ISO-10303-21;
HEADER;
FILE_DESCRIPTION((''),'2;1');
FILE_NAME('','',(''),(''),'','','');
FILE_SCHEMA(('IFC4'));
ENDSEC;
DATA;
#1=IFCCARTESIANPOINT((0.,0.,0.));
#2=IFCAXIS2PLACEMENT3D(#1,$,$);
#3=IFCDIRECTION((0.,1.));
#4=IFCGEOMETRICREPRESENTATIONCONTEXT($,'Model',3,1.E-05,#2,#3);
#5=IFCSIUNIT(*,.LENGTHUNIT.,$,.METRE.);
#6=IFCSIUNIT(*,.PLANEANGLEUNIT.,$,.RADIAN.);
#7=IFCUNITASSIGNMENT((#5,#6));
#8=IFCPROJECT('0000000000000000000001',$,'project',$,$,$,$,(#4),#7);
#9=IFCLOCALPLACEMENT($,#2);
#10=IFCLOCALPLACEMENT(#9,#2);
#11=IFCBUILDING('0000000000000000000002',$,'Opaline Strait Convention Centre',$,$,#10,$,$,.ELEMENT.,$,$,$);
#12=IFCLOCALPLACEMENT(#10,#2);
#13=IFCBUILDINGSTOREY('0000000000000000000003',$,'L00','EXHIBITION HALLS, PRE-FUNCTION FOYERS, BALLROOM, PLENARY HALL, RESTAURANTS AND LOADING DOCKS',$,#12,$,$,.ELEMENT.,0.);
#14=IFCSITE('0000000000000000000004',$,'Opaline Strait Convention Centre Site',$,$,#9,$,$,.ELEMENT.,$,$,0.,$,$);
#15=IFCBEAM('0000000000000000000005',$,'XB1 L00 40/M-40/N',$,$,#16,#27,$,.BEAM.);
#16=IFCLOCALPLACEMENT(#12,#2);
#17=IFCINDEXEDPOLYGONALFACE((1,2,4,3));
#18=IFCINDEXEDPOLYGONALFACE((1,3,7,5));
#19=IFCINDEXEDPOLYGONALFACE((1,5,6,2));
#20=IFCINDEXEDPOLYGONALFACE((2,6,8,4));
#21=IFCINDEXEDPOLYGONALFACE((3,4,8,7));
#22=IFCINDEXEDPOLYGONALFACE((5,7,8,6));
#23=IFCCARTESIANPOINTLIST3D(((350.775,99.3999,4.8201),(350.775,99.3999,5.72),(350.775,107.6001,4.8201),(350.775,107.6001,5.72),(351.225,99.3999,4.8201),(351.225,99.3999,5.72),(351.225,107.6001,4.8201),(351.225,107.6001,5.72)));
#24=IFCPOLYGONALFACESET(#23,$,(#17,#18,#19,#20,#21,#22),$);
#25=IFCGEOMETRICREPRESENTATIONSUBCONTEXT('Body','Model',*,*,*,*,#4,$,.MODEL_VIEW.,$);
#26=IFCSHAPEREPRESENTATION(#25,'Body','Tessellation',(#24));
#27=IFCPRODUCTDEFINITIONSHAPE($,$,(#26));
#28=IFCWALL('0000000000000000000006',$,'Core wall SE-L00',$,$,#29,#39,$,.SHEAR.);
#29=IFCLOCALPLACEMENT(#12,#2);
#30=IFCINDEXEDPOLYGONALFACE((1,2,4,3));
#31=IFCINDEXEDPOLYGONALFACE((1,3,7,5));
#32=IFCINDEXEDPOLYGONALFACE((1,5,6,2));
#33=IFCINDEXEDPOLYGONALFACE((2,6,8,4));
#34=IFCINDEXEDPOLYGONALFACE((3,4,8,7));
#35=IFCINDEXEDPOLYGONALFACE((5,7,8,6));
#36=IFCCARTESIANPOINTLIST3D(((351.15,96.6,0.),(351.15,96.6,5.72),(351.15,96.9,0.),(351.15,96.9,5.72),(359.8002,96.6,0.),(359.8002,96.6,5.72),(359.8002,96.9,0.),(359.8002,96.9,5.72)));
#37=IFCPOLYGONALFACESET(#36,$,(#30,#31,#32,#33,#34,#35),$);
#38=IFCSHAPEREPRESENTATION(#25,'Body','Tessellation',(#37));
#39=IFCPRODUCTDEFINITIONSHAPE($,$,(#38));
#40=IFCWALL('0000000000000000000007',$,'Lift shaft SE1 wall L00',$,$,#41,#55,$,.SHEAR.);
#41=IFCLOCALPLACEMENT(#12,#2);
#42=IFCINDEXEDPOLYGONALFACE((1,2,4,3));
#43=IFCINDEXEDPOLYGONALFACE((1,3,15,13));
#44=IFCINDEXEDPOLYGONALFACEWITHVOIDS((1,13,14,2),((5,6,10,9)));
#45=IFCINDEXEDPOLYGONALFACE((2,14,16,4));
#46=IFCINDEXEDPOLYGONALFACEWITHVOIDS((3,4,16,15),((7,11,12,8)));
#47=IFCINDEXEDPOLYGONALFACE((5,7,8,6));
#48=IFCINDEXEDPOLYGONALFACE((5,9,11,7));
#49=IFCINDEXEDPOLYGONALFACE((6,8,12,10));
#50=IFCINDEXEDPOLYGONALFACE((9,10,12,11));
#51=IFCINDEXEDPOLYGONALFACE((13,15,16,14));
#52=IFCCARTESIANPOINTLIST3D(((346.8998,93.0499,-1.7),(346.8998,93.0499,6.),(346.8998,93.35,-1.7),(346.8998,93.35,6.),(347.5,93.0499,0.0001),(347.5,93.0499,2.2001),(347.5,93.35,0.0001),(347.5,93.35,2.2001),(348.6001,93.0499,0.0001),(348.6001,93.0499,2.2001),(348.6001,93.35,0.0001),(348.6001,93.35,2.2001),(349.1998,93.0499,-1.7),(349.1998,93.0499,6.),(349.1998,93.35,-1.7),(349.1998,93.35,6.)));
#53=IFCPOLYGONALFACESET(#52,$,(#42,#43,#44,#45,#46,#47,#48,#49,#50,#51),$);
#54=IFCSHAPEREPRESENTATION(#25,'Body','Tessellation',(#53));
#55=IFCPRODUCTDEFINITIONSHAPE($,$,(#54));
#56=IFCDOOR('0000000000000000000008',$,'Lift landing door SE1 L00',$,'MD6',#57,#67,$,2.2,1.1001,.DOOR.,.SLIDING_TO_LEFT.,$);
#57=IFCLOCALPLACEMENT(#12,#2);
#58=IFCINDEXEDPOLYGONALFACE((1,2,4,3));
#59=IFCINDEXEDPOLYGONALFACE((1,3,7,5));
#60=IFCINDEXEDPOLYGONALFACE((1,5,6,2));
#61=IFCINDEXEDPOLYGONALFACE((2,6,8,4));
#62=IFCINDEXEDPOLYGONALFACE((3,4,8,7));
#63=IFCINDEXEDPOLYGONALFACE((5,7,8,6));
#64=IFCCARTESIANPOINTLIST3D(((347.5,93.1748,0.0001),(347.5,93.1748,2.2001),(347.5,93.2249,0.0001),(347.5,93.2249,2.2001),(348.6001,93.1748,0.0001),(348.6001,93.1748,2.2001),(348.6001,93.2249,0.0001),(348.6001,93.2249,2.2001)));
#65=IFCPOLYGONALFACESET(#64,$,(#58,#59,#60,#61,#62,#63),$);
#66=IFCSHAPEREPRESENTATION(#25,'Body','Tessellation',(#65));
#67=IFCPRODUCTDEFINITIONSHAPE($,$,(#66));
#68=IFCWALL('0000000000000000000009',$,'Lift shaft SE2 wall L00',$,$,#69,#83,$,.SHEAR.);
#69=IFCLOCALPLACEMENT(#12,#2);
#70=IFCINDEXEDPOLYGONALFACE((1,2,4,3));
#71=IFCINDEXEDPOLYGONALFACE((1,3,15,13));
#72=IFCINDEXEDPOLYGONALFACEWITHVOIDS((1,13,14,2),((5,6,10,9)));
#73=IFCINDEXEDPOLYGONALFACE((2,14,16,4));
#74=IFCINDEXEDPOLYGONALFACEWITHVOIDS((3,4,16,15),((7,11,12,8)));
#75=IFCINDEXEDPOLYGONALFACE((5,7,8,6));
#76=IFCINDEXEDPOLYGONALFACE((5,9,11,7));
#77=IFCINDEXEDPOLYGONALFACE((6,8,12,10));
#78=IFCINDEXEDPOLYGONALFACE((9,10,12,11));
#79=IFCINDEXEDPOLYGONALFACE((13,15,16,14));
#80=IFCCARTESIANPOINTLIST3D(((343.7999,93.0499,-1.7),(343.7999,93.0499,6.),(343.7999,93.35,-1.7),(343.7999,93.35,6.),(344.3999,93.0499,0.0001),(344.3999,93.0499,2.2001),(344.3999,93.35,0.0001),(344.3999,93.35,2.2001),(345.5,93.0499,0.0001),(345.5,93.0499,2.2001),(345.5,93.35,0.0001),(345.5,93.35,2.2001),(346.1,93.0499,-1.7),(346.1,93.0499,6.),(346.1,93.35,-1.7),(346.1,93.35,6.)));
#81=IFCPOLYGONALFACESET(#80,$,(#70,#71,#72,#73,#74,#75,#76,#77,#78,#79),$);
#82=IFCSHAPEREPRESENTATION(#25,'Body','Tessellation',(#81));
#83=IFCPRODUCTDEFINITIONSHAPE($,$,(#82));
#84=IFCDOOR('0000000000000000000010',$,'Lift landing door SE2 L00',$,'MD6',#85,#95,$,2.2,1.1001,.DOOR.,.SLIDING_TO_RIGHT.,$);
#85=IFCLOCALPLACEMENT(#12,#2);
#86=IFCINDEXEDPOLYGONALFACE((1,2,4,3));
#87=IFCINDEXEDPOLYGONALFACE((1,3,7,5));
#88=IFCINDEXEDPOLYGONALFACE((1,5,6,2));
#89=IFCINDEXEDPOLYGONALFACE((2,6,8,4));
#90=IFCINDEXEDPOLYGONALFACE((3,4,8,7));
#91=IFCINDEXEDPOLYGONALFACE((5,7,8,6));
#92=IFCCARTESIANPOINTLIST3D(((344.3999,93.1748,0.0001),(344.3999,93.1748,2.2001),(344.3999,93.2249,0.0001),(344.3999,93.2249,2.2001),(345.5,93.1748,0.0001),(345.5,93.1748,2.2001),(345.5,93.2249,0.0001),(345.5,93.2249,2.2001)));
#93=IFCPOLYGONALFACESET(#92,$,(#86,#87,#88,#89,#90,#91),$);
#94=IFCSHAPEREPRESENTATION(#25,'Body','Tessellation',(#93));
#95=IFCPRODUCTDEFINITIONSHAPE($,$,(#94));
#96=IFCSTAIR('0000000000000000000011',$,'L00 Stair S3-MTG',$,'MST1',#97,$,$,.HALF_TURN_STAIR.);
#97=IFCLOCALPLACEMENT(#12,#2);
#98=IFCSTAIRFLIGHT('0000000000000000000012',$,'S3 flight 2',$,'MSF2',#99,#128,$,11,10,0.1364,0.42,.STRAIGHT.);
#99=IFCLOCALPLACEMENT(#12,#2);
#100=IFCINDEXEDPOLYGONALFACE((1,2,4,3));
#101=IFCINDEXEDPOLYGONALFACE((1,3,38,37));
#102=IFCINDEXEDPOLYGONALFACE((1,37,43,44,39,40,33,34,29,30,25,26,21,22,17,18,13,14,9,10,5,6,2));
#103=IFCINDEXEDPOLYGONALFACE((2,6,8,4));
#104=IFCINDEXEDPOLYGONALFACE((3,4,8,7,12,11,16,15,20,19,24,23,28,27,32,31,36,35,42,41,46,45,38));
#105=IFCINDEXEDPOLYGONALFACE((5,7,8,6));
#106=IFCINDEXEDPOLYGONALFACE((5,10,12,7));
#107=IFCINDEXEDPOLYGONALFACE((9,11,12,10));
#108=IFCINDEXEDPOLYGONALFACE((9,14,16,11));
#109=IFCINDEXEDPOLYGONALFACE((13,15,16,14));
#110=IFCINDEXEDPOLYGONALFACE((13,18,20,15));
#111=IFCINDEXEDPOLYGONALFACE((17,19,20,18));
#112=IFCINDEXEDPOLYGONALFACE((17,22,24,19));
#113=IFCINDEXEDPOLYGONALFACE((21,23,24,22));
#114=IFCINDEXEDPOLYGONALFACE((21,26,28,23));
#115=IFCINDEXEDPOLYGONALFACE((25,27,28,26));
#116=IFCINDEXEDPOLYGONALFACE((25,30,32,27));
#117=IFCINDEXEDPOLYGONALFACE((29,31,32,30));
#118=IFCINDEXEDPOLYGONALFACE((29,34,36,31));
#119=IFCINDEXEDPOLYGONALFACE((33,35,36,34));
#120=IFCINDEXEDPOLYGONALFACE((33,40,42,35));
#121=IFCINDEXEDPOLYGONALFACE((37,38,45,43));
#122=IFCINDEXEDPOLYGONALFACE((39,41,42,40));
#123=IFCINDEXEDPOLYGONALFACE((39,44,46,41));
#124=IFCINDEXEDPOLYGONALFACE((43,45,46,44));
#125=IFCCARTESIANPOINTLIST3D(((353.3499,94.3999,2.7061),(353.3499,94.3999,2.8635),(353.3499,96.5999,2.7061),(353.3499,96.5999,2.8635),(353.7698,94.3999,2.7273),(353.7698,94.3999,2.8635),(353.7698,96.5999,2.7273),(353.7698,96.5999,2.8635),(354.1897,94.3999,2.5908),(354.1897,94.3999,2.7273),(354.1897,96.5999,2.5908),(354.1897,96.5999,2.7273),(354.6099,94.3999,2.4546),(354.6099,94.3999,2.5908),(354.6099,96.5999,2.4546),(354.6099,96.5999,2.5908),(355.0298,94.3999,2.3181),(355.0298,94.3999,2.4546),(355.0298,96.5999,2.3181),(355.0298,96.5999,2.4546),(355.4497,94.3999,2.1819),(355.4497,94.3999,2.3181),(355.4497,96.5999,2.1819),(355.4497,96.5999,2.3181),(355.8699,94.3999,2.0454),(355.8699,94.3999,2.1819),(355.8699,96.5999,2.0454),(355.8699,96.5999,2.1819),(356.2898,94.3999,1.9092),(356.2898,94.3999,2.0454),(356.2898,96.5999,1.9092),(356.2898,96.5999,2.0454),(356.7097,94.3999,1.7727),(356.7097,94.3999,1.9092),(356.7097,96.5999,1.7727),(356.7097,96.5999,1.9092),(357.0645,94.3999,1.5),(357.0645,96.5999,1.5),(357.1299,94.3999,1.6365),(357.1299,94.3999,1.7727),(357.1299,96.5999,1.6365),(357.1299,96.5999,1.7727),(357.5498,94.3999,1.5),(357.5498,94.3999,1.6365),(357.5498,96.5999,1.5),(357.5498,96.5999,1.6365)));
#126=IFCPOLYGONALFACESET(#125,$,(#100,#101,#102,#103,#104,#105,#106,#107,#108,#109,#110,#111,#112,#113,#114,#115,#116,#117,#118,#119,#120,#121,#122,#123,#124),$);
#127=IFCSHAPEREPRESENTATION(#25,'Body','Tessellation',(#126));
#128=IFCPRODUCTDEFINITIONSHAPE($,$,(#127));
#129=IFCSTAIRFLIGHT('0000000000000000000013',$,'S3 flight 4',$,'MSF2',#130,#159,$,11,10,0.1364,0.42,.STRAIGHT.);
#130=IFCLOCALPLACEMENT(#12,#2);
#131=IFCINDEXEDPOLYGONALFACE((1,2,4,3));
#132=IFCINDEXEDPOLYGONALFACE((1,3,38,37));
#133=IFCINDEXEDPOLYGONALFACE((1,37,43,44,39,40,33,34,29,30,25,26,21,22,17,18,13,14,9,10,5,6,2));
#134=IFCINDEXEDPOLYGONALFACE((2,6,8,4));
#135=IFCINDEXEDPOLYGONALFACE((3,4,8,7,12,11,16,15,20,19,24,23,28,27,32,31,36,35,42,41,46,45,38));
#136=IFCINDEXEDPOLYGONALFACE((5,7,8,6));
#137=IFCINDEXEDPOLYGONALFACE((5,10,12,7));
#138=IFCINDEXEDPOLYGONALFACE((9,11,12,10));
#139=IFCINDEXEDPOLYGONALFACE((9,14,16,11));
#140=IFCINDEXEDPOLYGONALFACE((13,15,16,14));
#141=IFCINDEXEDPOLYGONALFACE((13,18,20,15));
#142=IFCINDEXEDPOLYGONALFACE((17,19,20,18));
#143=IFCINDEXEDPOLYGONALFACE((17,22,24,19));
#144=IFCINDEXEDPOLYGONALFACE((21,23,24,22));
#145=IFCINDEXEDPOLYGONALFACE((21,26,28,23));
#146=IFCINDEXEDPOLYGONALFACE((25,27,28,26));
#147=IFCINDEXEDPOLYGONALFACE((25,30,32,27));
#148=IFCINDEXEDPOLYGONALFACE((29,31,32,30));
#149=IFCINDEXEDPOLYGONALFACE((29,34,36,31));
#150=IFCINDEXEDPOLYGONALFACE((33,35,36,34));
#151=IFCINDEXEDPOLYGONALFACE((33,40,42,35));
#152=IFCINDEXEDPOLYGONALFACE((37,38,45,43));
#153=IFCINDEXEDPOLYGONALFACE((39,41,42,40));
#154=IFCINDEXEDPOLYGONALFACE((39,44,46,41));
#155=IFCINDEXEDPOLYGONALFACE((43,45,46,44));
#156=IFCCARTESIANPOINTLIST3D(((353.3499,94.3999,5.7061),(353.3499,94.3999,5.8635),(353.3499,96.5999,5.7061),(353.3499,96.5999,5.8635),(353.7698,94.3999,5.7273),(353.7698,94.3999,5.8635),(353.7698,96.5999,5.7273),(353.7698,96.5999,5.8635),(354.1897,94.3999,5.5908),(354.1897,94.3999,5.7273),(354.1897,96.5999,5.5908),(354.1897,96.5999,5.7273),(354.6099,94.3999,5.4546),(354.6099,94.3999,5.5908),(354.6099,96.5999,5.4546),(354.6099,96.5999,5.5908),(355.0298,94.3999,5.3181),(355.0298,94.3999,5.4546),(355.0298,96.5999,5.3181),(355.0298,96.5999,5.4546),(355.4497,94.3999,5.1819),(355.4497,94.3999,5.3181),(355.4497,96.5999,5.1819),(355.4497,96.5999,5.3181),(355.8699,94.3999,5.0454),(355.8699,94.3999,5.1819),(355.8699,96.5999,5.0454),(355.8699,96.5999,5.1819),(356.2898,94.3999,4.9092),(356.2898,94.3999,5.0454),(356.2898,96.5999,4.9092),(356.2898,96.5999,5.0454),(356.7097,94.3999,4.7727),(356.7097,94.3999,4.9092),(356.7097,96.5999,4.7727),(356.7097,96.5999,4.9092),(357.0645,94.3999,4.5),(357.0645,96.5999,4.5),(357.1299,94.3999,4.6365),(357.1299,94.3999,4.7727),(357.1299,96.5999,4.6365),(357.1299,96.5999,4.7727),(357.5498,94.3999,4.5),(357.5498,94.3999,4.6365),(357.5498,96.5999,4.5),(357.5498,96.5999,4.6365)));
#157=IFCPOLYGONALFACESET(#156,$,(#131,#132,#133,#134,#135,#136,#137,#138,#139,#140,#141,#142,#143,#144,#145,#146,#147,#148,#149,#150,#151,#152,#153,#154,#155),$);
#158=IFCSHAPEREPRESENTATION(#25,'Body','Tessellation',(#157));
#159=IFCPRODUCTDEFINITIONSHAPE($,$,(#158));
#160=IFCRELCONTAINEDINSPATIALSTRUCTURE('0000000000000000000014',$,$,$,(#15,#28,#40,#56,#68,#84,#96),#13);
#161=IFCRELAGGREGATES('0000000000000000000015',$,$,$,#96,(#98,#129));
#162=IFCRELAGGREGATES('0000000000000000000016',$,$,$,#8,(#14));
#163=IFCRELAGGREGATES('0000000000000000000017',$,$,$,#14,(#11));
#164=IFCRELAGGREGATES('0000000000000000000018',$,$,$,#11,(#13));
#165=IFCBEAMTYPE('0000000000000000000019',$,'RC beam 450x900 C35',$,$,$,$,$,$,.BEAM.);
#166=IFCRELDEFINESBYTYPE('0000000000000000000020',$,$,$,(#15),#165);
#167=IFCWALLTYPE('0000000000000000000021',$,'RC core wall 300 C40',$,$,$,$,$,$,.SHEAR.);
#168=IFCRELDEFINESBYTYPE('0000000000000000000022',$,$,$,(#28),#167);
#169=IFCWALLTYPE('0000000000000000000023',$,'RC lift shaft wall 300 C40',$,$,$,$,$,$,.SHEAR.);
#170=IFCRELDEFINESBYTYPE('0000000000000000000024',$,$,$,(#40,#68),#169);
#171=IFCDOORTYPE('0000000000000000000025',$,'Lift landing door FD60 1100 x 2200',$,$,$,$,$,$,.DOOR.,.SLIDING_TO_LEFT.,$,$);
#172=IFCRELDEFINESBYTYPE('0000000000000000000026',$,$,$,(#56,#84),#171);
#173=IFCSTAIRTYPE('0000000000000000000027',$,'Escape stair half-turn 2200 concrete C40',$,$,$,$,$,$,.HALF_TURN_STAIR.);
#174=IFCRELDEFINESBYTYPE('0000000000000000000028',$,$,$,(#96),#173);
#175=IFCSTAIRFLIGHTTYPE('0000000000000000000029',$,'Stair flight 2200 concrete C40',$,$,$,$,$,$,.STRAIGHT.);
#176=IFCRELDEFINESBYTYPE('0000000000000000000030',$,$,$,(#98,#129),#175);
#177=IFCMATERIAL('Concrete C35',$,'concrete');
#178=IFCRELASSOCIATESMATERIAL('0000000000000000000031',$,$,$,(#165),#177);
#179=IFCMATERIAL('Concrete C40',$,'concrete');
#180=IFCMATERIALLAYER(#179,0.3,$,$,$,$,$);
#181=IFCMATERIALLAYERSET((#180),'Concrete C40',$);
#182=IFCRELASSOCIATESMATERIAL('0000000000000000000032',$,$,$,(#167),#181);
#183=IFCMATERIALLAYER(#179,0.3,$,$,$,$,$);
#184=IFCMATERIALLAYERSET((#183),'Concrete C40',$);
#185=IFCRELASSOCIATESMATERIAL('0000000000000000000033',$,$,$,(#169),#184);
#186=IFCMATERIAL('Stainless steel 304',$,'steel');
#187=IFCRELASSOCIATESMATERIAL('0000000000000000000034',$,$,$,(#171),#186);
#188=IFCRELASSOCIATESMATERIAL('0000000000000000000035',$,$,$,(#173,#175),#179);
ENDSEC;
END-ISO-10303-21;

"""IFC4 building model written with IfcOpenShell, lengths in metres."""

from ifc_helpers import new_model, si_unit, direction, frame, frame_2d, origin, origin_2d, place, context, subcontext, project, spatial, polyline, rectangle, outline, extrude, material, layer, layer_set, material_profile, profile_set, type_object, element, fill, aggregate, save


model = new_model("IFC4")

# Units and contexts
model_context = context("Model", 3, precision=1e-05, world=origin(), true_north=direction((0.0, 1.0)))
body_context = subcontext(model_context, "Body", "Model", "MODEL_VIEW")
ifc_project = project(units=[si_unit("LENGTHUNIT", "METRE"), si_unit("PLANEANGLEUNIT", "RADIAN")], contexts=[model_context])

# Site, building, storey
site_placement = place(None, origin())
site = spatial("IfcSite", under=ifc_project, at=site_placement, Name="Opaline Strait Convention Centre Site", CompositionType="ELEMENT", RefElevation=0.0)
building_placement = place(site_placement, origin())
building = spatial("IfcBuilding", under=site, at=building_placement, Name="Opaline Strait Convention Centre", CompositionType="ELEMENT")
storey_placement = place(building_placement, origin())
storey = spatial("IfcBuildingStorey", under=building, at=storey_placement, Name="L00", Description="EXHIBITION HALLS, PRE-FUNCTION FOYERS, BALLROOM, PLENARY HALL, RESTAURANTS AND LOADING DOCKS", CompositionType="ELEMENT", Elevation=0.0)

# Shared definitions
ifc_material_1 = material(Name="Concrete C35", Category="concrete")

# Shared definitions
ifc_material_2 = material(Name="Concrete C40", Category="concrete")

# Beam
ifc_material_profile_1 = material_profile(ifc_material_1, rectangle(XDim=0.45, YDim=0.8999, at=origin_2d()), Name="RC 450x900")
ifc_profile_set_1 = profile_set([ifc_material_profile_1], Name="Concrete C35")
beam_type = type_object("IfcBeamType", Name="RC beam 450x900 C35", PredefinedType="BEAM", material=ifc_profile_set_1)
for number, where, z_axis, x_axis, name in (
    (1, (351.0, 99.3999, 5.27), (0.0, 1.0, 0.0), (-1.0, 0.0, 0.0), "XB1 L00 40/M-40/N"),
):
    element("IfcBeam", number, at=place(storey_placement, frame(where, z_axis=z_axis, x_axis=x_axis)), inside=storey, type_object=beam_type, Name=name, PredefinedType="BEAM", context=body_context, shape_type="SweptSolid", body=[
        extrude(rectangle(XDim=0.45, YDim=0.8999, at=origin_2d()), origin(), (0.0, 0.0, 1.0), 8.2002),
    ])

# Shared definitions
ifc_layer_1 = layer(ifc_material_2, 0.3)
ifc_layer_set_1 = layer_set([ifc_layer_1], Name="Concrete C40")
wall_type_1 = type_object("IfcWallType", Name="RC core wall 300 C40", PredefinedType="SHEAR", material=ifc_layer_set_1)

# Wall
wall_1_placement = place(storey_placement, frame((351.1499, 96.75, 0.0), z_axis=(0.0, 0.0, 1.0), x_axis=(1.0, 0.0, 0.0)))
element("IfcWall", 2, at=wall_1_placement, inside=storey, type_object=wall_type_1, Name="Core wall SE-L00", PredefinedType="SHEAR", context=body_context, shape_type="SweptSolid", body=[
    extrude(rectangle(XDim=8.6501, YDim=0.3, at=frame_2d((4.3252, 0.0))), origin(), (0.0, 0.0, 1.0), 5.72),
])

# Walls, openings, doors
ifc_layer_2 = layer(ifc_material_2, 0.3)
ifc_layer_set_2 = layer_set([ifc_layer_2], Name="Concrete C40")
wall_type_2 = type_object("IfcWallType", Name="RC lift shaft wall 300 C40", PredefinedType="SHEAR", material=ifc_layer_set_2)
wall_2_placement = place(storey_placement, frame((346.8999, 93.2, -1.7), z_axis=(0.0, 0.0, 1.0), x_axis=(1.0, 0.0, 0.0)))
wall_2 = element("IfcWall", 3, at=wall_2_placement, inside=storey, type_object=wall_type_2, Name="Lift shaft SE1 wall L00", PredefinedType="SHEAR", context=body_context, shape_type="SweptSolid", body=[
    extrude(rectangle(XDim=2.3, YDim=0.3, at=frame_2d((1.1499, 0.0))), origin(), (0.0, 0.0, 1.0), 7.7),
])
opening_1_placement = place(wall_2_placement, frame((0.6001, 0.0, 1.7)))
opening_1 = element("IfcOpeningElement", 4, at=opening_1_placement, cuts=wall_2, PredefinedType="OPENING", context=body_context, shape_type="SweptSolid", body=[
    extrude(rectangle(XDim=1.1001, YDim=2.2, at=frame_2d((0.55, 1.1001))), frame((0.0, 0.1599, 0.0), z_axis=(0.0, -1.0, 0.0), x_axis=(1.0, 0.0, 0.0)), (0.0, 0.0, 1.0), 0.3201),
])
ifc_material_3 = material(Name="Stainless steel 304", Category="steel")
door_type_1 = type_object("IfcDoorType", Name="Lift landing door FD60 1100 x 2200", OperationType="SLIDING_TO_LEFT", PredefinedType="DOOR", material=ifc_material_3)
door_1_placement = place(opening_1_placement, origin())
door_1 = element("IfcDoor", 5, at=door_1_placement, inside=storey, type_object=door_type_1, Name="Lift landing door SE1 L00", ObjectType="MD6", OperationType="SLIDING_TO_LEFT", OverallHeight=2.2, OverallWidth=1.1001, PredefinedType="DOOR", context=body_context, shape_type="SweptSolid", body=[
    extrude(rectangle(XDim=1.1001, YDim=2.2, at=frame_2d((0.55, 1.1001))), frame((0.0, 0.0249, 0.0), z_axis=(0.0, -1.0, 0.0), x_axis=(1.0, 0.0, 0.0)), (0.0, 0.0, 1.0), 0.05),
])
fill(opening_1, door_1)
wall_3_placement = place(storey_placement, frame((343.8, 93.2, -1.7), z_axis=(0.0, 0.0, 1.0), x_axis=(1.0, 0.0, 0.0)))
wall_3 = element("IfcWall", 6, at=wall_3_placement, inside=storey, type_object=wall_type_2, Name="Lift shaft SE2 wall L00", PredefinedType="SHEAR", context=body_context, shape_type="SweptSolid", body=[
    extrude(rectangle(XDim=2.3, YDim=0.3, at=frame_2d((1.1499, 0.0))), origin(), (0.0, 0.0, 1.0), 7.7),
])
opening_2_placement = place(wall_3_placement, frame((0.5999, 0.0, 1.7)))
opening_2 = element("IfcOpeningElement", 7, at=opening_2_placement, cuts=wall_3, PredefinedType="OPENING", context=body_context, shape_type="SweptSolid", body=[
    extrude(rectangle(XDim=1.1001, YDim=2.2, at=frame_2d((0.55, 1.1001))), frame((0.0, 0.1599, 0.0), z_axis=(0.0, -1.0, 0.0), x_axis=(1.0, 0.0, 0.0)), (0.0, 0.0, 1.0), 0.3201),
])
door_2_placement = place(opening_2_placement, origin())
door_2 = element("IfcDoor", 8, at=door_2_placement, inside=storey, type_object=door_type_1, Name="Lift landing door SE2 L00", ObjectType="MD6", OperationType="SLIDING_TO_RIGHT", OverallHeight=2.2, OverallWidth=1.1001, PredefinedType="DOOR", context=body_context, shape_type="SweptSolid", body=[
    extrude(rectangle(XDim=1.1001, YDim=2.2, at=frame_2d((0.55, 1.1001))), frame((0.0, 0.0249, 0.0), z_axis=(0.0, -1.0, 0.0), x_axis=(1.0, 0.0, 0.0)), (0.0, 0.0, 1.0), 0.05),
])
fill(opening_2, door_2)

# Stair, stair flights
stair_type = type_object("IfcStairType", Name="Escape stair half-turn 2200 concrete C40", PredefinedType="HALF_TURN_STAIR", material=ifc_material_2)
stair_placement = place(storey_placement, origin())
stair = element("IfcStair", 9, at=stair_placement, inside=storey, type_object=stair_type, Name="L00 Stair S3-MTG", ObjectType="MST1", PredefinedType="HALF_TURN_STAIR")
stair_flight_type = type_object("IfcStairFlightType", Name="Stair flight 2200 concrete C40", PredefinedType="STRAIGHT", material=ifc_material_2)
stair_flight_1_placement = place(storey_placement, frame((357.5498, 95.5, 1.5), z_axis=(0.0, 0.0, 1.0), x_axis=(-1.0, 0.0, 0.0)))
stair_flight_1 = element("IfcStairFlight", 10, at=stair_flight_1_placement, type_object=stair_flight_type, Name="S3 flight 2", ObjectType="MSF2", NumberOfRisers=11, NumberOfTreads=10, PredefinedType="STRAIGHT", RiserHeight=0.1364, TreadLength=0.42, context=body_context, shape_type="SweptSolid", body=[
    extrude(outline(polyline([(0.0, 0.0), (0.0, 0.1365), (0.4199, 0.1365), (0.4199, 0.2727), (0.8401, 0.2727), (0.8401, 0.4092), (1.26, 0.4092), (1.26, 0.5454), (1.6799, 0.5454), (1.6799, 0.6819), (2.1001, 0.6819), (2.1001, 0.8181), (2.52, 0.8181), (2.52, 0.9546), (2.9399, 0.9546), (2.9399, 1.0908), (3.3601, 1.0908), (3.3601, 1.2273), (3.78, 1.2273), (3.78, 1.3635), (4.2, 1.3635), (4.2, 1.5), (4.2, 1.2061), (0.4854, 0.0), (0.0, 0.0)])), frame((0.0, 1.1001, 0.0), z_axis=(0.0, -1.0, 0.0), x_axis=(1.0, 0.0, 0.0)), (0.0, 0.0, 1.0), 2.2),
])
stair_flight_2_placement = place(storey_placement, frame((357.5498, 95.5, 4.5), z_axis=(0.0, 0.0, 1.0), x_axis=(-1.0, 0.0, 0.0)))
stair_flight_2 = element("IfcStairFlight", 11, at=stair_flight_2_placement, type_object=stair_flight_type, Name="S3 flight 4", ObjectType="MSF2", NumberOfRisers=11, NumberOfTreads=10, PredefinedType="STRAIGHT", RiserHeight=0.1364, TreadLength=0.42, context=body_context, shape_type="SweptSolid", body=[
    extrude(outline(polyline([(0.0, 0.0), (0.0, 0.1365), (0.4199, 0.1365), (0.4199, 0.2727), (0.8401, 0.2727), (0.8401, 0.4092), (1.26, 0.4092), (1.26, 0.5454), (1.6799, 0.5454), (1.6799, 0.6819), (2.1001, 0.6819), (2.1001, 0.8181), (2.52, 0.8181), (2.52, 0.9546), (2.9399, 0.9546), (2.9399, 1.0908), (3.3601, 1.0908), (3.3601, 1.2273), (3.78, 1.2273), (3.78, 1.3635), (4.2, 1.3635), (4.2, 1.5), (4.2, 1.2061), (0.4854, 0.0), (0.0, 0.0)])), frame((0.0, 1.1001, 0.0), z_axis=(0.0, -1.0, 0.0), x_axis=(1.0, 0.0, 0.0)), (0.0, 0.0, 1.0), 2.2),
])
aggregate(stair, [stair_flight_1, stair_flight_2])

save(model, "model.ifc")
